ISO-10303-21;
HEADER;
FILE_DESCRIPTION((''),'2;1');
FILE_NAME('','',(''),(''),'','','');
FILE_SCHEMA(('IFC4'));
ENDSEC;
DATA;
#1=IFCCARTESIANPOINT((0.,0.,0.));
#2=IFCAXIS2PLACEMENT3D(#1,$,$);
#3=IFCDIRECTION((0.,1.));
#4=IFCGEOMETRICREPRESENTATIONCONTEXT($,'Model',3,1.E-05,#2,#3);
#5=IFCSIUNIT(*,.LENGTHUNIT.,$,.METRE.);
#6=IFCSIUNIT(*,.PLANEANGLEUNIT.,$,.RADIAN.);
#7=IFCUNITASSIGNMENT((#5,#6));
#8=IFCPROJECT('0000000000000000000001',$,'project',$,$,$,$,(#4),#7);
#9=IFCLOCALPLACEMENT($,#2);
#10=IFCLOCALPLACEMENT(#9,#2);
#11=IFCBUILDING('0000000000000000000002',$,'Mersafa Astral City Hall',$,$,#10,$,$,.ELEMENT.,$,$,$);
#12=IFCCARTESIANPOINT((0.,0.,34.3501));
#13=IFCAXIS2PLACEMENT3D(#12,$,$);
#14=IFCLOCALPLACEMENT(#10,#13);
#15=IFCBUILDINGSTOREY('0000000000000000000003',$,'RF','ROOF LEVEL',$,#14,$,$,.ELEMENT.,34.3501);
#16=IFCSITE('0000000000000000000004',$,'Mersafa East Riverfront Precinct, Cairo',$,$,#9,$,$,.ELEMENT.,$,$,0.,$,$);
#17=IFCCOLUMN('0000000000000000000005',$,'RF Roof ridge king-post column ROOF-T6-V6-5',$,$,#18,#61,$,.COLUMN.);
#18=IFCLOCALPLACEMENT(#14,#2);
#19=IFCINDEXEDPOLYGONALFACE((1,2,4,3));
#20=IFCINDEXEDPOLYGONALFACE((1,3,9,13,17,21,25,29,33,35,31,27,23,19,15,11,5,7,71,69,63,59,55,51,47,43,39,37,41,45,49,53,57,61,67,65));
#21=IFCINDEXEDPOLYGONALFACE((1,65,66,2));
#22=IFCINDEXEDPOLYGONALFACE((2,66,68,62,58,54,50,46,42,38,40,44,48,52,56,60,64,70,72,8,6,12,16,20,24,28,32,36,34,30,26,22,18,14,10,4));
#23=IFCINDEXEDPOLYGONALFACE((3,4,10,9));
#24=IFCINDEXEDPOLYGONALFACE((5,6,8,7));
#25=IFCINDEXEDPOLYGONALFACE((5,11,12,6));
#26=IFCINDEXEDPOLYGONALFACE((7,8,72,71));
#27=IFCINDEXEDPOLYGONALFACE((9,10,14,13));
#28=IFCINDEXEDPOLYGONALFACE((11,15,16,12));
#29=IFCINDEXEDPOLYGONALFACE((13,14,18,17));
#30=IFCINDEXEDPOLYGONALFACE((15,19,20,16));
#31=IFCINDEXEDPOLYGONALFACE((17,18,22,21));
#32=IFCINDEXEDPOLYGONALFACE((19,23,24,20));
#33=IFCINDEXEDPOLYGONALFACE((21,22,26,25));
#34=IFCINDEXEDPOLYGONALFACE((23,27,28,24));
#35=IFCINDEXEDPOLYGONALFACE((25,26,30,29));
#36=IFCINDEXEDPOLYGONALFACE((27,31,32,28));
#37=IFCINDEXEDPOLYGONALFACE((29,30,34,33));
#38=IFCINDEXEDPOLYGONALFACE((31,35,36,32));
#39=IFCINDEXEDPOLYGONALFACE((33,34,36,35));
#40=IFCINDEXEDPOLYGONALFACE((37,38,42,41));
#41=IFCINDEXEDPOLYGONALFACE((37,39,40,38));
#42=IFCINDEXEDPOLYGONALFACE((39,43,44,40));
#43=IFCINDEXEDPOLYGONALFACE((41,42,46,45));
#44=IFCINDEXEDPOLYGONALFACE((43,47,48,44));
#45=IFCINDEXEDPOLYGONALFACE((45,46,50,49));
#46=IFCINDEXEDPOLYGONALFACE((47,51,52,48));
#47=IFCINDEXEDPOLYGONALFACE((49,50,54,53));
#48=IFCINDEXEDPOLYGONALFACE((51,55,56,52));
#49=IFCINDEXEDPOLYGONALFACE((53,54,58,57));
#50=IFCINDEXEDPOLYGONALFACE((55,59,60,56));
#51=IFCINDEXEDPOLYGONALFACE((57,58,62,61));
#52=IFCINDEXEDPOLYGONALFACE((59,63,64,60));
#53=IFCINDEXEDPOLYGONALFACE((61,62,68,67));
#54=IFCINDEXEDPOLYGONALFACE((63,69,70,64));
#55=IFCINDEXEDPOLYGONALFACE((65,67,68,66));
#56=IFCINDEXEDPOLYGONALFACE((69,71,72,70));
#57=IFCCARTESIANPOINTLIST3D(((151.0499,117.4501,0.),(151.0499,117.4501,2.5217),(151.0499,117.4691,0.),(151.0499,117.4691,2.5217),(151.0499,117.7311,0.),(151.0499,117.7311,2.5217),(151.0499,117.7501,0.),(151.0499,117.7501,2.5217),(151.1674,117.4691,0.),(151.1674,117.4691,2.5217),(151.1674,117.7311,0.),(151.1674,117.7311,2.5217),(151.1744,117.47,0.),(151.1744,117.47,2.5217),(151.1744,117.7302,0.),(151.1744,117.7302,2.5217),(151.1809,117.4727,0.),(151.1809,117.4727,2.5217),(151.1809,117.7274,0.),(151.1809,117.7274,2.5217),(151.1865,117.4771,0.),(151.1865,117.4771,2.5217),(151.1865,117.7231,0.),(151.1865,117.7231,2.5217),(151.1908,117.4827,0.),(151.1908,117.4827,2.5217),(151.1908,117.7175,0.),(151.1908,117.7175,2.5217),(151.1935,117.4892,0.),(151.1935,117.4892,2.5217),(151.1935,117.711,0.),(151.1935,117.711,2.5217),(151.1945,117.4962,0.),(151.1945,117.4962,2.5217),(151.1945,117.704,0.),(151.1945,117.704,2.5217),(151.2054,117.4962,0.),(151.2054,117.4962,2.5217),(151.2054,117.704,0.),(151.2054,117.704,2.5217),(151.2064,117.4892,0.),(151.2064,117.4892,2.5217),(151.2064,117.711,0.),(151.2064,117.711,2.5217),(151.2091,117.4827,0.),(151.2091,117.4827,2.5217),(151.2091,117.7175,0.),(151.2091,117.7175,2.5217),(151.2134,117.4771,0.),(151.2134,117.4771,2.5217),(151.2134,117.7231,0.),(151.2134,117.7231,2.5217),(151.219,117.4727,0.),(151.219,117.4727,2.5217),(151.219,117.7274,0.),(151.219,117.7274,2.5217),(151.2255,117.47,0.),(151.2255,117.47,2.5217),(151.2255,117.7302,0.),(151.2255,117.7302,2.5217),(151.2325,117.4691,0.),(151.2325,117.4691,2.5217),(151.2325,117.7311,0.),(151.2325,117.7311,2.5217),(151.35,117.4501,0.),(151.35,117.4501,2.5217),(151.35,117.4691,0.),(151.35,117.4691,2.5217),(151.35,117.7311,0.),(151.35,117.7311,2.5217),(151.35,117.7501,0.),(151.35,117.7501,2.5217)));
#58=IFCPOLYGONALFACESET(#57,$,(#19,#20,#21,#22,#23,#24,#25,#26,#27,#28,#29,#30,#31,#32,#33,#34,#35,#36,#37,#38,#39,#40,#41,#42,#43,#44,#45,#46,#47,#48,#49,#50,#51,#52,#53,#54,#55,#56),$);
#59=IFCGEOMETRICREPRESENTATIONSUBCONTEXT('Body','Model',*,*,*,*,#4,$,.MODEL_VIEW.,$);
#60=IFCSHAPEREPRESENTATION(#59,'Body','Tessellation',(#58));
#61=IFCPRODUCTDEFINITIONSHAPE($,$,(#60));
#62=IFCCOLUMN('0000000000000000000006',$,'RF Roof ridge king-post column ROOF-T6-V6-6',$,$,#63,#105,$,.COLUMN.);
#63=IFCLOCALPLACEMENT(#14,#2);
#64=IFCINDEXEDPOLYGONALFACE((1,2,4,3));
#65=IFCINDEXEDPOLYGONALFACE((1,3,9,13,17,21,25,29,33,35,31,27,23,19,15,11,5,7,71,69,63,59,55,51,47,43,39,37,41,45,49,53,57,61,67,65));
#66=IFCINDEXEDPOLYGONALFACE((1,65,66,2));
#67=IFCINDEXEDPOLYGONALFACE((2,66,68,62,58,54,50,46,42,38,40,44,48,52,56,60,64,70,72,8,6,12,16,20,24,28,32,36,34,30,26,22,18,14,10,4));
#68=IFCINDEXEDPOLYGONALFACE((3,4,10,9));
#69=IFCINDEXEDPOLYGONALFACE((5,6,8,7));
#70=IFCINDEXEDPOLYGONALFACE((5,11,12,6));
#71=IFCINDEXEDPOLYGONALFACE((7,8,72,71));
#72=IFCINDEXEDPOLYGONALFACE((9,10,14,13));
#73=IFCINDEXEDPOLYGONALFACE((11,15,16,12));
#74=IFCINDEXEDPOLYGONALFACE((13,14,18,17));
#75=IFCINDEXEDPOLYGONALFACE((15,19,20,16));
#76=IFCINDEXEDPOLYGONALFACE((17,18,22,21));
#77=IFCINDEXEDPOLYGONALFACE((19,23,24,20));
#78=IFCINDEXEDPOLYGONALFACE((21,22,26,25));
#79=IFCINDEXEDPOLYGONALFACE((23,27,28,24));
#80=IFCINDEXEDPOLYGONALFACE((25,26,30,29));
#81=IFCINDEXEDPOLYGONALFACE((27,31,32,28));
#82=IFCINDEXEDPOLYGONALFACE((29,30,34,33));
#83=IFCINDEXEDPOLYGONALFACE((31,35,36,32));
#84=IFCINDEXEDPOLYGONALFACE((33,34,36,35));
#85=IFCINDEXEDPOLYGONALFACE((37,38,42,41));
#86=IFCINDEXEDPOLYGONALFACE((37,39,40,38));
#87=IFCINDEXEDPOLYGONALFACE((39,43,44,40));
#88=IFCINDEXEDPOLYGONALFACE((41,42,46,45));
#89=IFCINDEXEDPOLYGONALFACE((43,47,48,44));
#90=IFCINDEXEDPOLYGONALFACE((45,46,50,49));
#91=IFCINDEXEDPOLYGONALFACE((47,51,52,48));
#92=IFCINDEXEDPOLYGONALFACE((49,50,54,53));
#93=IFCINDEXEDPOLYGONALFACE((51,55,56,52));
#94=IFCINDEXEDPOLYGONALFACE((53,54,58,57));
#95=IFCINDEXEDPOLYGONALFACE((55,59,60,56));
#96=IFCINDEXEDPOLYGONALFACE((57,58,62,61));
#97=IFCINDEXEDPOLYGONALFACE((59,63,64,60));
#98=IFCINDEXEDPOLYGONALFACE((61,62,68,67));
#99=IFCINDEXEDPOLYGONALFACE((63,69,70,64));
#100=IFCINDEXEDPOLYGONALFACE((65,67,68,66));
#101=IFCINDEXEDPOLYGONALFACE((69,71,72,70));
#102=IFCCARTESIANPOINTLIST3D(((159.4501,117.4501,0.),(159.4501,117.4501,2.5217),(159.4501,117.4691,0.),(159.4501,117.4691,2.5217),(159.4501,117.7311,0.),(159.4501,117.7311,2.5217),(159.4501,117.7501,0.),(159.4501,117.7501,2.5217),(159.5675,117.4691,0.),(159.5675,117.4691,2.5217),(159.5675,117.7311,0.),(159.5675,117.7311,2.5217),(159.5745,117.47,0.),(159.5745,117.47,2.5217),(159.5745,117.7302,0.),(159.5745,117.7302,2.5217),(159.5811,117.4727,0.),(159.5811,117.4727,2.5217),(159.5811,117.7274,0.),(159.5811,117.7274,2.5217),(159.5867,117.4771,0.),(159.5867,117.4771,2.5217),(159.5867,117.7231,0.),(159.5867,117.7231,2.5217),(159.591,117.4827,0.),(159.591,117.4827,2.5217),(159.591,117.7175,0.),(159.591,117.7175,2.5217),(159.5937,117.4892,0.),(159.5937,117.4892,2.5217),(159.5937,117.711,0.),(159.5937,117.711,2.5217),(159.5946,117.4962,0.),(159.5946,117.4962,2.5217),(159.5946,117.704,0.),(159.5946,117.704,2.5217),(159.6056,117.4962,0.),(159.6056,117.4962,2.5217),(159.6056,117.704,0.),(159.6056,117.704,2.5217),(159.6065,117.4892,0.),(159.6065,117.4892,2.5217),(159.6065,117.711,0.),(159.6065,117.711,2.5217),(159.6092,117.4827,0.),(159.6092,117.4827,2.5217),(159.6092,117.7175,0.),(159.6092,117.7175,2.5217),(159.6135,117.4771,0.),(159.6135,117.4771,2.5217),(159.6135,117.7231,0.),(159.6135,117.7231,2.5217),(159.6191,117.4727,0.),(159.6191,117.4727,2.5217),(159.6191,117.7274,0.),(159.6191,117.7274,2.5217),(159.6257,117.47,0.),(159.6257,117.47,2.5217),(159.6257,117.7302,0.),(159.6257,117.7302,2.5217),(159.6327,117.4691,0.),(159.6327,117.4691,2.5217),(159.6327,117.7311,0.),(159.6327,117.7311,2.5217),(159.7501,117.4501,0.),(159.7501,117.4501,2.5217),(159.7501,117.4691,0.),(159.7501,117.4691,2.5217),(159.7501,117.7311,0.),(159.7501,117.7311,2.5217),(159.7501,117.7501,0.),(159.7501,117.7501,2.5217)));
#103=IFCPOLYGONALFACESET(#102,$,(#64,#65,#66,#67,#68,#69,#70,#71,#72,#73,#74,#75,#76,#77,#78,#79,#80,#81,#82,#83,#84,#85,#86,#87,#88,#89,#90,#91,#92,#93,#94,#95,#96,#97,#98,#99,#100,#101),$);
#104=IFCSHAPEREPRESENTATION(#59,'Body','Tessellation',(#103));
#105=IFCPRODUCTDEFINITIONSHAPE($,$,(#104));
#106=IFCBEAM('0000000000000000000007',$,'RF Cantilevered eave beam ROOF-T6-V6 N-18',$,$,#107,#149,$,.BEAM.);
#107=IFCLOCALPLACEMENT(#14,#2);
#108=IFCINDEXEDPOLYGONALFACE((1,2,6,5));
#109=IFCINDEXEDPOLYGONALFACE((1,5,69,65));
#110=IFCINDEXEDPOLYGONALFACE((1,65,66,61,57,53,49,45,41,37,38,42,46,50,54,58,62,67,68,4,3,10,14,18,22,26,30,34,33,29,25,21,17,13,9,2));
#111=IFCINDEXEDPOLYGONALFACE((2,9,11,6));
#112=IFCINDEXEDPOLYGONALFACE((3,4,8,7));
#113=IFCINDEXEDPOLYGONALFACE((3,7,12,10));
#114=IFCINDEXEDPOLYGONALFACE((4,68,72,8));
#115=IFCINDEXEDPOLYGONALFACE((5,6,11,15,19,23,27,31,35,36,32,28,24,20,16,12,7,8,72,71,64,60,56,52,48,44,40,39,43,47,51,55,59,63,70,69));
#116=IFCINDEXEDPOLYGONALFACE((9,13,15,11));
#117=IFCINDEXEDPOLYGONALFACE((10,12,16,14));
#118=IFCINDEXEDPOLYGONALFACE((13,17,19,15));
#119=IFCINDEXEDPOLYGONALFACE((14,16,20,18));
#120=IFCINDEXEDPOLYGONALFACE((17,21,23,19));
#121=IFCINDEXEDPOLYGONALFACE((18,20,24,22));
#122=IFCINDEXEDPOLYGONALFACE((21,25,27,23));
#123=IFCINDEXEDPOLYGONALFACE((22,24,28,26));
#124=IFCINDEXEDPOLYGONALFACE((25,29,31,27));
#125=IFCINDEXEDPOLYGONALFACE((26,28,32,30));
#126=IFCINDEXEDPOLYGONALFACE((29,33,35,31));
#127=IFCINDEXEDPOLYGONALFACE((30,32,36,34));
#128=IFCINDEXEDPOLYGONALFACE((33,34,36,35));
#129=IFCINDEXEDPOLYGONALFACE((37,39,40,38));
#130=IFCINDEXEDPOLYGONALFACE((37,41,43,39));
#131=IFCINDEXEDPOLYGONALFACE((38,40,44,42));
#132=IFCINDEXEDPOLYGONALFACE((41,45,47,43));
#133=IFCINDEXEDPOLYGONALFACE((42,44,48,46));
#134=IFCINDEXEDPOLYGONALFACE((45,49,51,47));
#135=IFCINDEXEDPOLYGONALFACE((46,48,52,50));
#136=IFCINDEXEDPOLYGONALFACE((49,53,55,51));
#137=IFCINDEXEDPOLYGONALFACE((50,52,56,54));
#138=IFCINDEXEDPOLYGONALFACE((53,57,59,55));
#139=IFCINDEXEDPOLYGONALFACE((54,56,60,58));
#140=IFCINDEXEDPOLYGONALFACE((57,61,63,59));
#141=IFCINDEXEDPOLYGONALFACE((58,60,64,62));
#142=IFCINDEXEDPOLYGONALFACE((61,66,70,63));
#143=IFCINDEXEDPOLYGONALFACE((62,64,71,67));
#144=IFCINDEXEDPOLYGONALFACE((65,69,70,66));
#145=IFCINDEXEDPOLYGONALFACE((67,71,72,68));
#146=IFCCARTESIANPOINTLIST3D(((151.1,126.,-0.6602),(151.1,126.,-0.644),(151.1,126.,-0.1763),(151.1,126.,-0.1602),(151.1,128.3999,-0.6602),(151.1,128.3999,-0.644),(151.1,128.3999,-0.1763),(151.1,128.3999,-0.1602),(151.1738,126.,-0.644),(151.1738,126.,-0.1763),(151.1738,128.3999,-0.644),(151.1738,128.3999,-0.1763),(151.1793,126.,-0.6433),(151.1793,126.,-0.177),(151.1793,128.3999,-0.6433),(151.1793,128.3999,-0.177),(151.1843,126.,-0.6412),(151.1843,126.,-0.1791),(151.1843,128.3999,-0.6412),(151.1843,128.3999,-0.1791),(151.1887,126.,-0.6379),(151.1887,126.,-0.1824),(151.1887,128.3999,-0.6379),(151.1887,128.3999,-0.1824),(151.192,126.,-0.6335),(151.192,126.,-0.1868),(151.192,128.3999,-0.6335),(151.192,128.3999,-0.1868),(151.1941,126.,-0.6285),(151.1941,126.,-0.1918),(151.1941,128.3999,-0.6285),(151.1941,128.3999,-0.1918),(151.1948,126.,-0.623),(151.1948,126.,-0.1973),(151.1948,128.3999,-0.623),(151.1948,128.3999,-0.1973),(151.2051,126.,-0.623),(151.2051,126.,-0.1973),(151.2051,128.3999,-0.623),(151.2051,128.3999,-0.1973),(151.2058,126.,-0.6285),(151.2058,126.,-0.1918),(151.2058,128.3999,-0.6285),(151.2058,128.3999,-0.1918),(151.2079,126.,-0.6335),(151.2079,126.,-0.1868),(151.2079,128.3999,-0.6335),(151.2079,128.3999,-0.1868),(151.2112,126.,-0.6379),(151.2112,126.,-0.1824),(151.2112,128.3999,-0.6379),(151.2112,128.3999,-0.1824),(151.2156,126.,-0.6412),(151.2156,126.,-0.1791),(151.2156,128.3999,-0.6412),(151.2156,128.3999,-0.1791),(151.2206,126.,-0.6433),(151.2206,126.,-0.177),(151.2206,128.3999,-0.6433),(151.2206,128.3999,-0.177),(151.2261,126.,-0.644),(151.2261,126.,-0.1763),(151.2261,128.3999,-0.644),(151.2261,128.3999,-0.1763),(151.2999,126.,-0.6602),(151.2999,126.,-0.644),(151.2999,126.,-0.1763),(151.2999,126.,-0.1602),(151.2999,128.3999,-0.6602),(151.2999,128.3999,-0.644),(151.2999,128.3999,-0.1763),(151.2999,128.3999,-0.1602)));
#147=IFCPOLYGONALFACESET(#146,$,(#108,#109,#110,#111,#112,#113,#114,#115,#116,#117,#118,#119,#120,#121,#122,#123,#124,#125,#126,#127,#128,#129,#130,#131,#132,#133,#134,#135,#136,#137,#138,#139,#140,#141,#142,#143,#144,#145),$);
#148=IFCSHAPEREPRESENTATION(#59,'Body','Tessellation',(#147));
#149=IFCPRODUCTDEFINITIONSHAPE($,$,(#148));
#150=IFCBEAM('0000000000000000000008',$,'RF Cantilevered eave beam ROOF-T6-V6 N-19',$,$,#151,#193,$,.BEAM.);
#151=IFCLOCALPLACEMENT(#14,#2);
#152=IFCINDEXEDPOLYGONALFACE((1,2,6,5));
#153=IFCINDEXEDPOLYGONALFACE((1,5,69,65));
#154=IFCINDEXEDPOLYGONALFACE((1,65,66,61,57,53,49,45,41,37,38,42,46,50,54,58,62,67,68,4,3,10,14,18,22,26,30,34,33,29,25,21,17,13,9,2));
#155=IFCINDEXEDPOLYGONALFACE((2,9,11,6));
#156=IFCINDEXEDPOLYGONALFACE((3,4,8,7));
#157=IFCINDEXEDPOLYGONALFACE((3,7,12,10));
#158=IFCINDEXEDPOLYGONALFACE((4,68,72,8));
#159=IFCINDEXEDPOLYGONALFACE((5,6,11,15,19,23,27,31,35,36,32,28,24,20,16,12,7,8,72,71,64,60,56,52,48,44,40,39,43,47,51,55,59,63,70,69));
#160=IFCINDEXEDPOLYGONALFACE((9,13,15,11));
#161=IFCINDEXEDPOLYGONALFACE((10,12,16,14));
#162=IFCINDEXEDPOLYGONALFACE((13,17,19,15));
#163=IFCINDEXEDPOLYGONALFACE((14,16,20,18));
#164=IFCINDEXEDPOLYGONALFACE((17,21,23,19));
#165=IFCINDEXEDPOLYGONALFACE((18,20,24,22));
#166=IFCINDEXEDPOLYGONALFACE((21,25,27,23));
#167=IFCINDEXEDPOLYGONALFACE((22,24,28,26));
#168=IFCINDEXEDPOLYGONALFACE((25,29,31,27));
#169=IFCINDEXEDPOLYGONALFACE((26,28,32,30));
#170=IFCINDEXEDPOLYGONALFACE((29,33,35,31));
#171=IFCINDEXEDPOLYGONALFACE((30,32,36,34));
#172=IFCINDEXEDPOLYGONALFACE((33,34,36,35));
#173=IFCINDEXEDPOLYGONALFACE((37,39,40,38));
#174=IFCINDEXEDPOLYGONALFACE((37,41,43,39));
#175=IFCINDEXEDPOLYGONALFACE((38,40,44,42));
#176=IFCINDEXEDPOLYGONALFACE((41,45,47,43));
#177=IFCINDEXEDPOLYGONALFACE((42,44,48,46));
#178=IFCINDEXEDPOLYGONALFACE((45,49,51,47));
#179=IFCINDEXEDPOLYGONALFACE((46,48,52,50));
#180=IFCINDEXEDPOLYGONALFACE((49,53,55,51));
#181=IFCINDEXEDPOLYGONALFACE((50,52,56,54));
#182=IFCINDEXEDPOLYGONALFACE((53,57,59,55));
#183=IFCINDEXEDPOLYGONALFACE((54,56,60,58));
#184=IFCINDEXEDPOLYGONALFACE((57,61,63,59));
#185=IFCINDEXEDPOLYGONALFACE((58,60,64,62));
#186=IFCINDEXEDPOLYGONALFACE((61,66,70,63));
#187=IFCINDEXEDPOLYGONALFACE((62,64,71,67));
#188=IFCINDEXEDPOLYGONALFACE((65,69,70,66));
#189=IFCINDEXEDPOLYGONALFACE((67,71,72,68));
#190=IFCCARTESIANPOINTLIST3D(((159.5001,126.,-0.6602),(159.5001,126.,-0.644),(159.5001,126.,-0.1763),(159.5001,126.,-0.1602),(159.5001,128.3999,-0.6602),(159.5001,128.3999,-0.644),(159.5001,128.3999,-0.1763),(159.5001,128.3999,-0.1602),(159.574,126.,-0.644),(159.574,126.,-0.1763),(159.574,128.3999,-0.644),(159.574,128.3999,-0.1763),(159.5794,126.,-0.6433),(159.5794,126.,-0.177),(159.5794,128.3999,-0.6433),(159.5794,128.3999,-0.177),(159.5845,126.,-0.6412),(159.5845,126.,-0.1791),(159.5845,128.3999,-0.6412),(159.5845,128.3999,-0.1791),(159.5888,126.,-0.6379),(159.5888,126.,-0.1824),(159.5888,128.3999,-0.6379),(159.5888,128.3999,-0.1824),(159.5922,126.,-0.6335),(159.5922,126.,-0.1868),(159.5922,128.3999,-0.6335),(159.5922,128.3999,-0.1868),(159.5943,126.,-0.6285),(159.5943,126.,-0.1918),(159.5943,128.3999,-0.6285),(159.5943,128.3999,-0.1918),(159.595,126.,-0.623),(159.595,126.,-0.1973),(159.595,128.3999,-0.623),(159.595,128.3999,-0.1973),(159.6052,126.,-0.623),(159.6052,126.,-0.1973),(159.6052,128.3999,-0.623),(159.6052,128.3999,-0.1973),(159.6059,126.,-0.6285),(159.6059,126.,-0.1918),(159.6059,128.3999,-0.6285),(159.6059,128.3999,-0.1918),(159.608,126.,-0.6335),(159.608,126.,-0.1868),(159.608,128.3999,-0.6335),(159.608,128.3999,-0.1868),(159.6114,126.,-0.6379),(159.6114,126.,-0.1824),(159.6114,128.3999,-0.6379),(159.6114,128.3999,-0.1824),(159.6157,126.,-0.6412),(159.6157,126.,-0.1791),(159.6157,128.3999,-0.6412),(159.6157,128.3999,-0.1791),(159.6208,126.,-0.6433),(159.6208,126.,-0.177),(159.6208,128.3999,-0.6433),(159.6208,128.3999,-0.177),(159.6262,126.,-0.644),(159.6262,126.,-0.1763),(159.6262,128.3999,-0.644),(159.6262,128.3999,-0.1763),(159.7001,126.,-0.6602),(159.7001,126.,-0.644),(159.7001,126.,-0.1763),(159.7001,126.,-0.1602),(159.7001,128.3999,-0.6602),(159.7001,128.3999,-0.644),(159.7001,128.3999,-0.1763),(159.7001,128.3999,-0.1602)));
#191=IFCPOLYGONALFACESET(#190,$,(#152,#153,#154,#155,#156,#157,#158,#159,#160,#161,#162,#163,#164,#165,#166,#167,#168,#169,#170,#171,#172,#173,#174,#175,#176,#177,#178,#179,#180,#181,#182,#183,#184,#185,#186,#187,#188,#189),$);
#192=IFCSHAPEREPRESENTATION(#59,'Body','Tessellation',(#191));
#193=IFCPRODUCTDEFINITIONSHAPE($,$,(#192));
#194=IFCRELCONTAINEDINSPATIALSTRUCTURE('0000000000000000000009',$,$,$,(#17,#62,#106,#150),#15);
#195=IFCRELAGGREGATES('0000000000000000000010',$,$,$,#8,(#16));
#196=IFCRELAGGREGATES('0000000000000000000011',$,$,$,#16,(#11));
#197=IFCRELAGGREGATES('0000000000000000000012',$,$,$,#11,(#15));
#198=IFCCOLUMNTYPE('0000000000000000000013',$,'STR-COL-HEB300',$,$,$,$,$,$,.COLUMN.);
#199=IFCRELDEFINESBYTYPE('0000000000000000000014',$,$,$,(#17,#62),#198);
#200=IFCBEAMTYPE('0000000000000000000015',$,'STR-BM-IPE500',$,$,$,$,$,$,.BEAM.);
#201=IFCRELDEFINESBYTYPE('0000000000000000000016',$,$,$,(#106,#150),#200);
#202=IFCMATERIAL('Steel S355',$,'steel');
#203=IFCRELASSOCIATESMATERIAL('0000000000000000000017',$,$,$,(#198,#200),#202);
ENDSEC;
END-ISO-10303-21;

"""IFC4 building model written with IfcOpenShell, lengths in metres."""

from ifc_helpers import new_model, si_unit, direction, frame, origin, origin_2d, place, context, subcontext, project, spatial, i_section, extrude, material, material_profile, profile_set, type_object, element, save


model = new_model("IFC4")

# Units and contexts
model_context = context("Model", 3, precision=1e-05, world=origin(), true_north=direction((0.0, 1.0)))
body_context = subcontext(model_context, "Body", "Model", "MODEL_VIEW")
ifc_project = project(units=[si_unit("LENGTHUNIT", "METRE"), si_unit("PLANEANGLEUNIT", "RADIAN")], contexts=[model_context])

# Site, building, storey
site_placement = place(None, origin())
site = spatial("IfcSite", under=ifc_project, at=site_placement, Name="Mersafa East Riverfront Precinct, Cairo", CompositionType="ELEMENT", RefElevation=0.0)
building_placement = place(site_placement, origin())
building = spatial("IfcBuilding", under=site, at=building_placement, Name="Mersafa Astral City Hall", CompositionType="ELEMENT")
storey_placement = place(building_placement, frame((0.0, 0.0, 34.3501)))
storey = spatial("IfcBuildingStorey", under=building, at=storey_placement, Name="RF", Description="ROOF LEVEL", CompositionType="ELEMENT", Elevation=34.3501)

# Columns
ifc_material_1 = material(Name="Steel S355", Category="steel")
ifc_material_profile_1 = material_profile(ifc_material_1, i_section(OverallWidth=0.3, OverallDepth=0.3, WebThickness=0.011, FlangeThickness=0.019, FilletRadius=0.0271, at=origin_2d()), Name="HEB 300")
ifc_profile_set_1 = profile_set([ifc_material_profile_1], Name="Steel S355")
column_type = type_object("IfcColumnType", Name="STR-COL-HEB300", PredefinedType="COLUMN", material=ifc_profile_set_1)
for number, where, z_axis, x_axis, name in (
    (1, (151.2, 117.6001, 0.0), (0.0, 0.0, 1.0), (1.0, 0.0, 0.0), "RF Roof ridge king-post column ROOF-T6-V6-5"),
    (2, (159.6001, 117.6001, 0.0), (0.0, 0.0, 1.0), (1.0, 0.0, 0.0), "RF Roof ridge king-post column ROOF-T6-V6-6"),
):
    element("IfcColumn", number, at=place(storey_placement, frame(where, z_axis=z_axis, x_axis=x_axis)), inside=storey, type_object=column_type, Name=name, PredefinedType="COLUMN", context=body_context, shape_type="SweptSolid", body=[
        extrude(i_section(OverallWidth=0.3, OverallDepth=0.3, WebThickness=0.011, FlangeThickness=0.019, FilletRadius=0.0271, at=origin_2d()), origin(), (0.0, 0.0, 1.0), 2.5217),
    ])

# Beams
ifc_material_profile_2 = material_profile(ifc_material_1, i_section(OverallWidth=0.2, OverallDepth=0.5, WebThickness=0.0103, FlangeThickness=0.0161, FilletRadius=0.021, at=origin_2d()), Name="IPE 500")
ifc_profile_set_2 = profile_set([ifc_material_profile_2], Name="Steel S355")
beam_type_1 = type_object("IfcBeamType", Name="STR-BM-IPE500", PredefinedType="BEAM", material=ifc_profile_set_2)
for number, where, z_axis, x_axis, name in (
    (3, (151.2, 126.0, -0.4102), (0.0, 1.0, 0.0), (-1.0, 0.0, 0.0), "RF Cantilevered eave beam ROOF-T6-V6 N-18"),
    (4, (159.6001, 126.0, -0.4102), (0.0, 1.0, 0.0), (-1.0, 0.0, 0.0), "RF Cantilevered eave beam ROOF-T6-V6 N-19"),
):
    element("IfcBeam", number, at=place(storey_placement, frame(where, z_axis=z_axis, x_axis=x_axis)), inside=storey, type_object=beam_type_1, Name=name, PredefinedType="BEAM", context=body_context, shape_type="SweptSolid", body=[
        extrude(i_section(OverallWidth=0.2, OverallDepth=0.5, WebThickness=0.0103, FlangeThickness=0.0161, FilletRadius=0.021, at=origin_2d()), origin(), (0.0, 0.0, 1.0), 2.3999),
    ])

save(model, "model.ifc")
